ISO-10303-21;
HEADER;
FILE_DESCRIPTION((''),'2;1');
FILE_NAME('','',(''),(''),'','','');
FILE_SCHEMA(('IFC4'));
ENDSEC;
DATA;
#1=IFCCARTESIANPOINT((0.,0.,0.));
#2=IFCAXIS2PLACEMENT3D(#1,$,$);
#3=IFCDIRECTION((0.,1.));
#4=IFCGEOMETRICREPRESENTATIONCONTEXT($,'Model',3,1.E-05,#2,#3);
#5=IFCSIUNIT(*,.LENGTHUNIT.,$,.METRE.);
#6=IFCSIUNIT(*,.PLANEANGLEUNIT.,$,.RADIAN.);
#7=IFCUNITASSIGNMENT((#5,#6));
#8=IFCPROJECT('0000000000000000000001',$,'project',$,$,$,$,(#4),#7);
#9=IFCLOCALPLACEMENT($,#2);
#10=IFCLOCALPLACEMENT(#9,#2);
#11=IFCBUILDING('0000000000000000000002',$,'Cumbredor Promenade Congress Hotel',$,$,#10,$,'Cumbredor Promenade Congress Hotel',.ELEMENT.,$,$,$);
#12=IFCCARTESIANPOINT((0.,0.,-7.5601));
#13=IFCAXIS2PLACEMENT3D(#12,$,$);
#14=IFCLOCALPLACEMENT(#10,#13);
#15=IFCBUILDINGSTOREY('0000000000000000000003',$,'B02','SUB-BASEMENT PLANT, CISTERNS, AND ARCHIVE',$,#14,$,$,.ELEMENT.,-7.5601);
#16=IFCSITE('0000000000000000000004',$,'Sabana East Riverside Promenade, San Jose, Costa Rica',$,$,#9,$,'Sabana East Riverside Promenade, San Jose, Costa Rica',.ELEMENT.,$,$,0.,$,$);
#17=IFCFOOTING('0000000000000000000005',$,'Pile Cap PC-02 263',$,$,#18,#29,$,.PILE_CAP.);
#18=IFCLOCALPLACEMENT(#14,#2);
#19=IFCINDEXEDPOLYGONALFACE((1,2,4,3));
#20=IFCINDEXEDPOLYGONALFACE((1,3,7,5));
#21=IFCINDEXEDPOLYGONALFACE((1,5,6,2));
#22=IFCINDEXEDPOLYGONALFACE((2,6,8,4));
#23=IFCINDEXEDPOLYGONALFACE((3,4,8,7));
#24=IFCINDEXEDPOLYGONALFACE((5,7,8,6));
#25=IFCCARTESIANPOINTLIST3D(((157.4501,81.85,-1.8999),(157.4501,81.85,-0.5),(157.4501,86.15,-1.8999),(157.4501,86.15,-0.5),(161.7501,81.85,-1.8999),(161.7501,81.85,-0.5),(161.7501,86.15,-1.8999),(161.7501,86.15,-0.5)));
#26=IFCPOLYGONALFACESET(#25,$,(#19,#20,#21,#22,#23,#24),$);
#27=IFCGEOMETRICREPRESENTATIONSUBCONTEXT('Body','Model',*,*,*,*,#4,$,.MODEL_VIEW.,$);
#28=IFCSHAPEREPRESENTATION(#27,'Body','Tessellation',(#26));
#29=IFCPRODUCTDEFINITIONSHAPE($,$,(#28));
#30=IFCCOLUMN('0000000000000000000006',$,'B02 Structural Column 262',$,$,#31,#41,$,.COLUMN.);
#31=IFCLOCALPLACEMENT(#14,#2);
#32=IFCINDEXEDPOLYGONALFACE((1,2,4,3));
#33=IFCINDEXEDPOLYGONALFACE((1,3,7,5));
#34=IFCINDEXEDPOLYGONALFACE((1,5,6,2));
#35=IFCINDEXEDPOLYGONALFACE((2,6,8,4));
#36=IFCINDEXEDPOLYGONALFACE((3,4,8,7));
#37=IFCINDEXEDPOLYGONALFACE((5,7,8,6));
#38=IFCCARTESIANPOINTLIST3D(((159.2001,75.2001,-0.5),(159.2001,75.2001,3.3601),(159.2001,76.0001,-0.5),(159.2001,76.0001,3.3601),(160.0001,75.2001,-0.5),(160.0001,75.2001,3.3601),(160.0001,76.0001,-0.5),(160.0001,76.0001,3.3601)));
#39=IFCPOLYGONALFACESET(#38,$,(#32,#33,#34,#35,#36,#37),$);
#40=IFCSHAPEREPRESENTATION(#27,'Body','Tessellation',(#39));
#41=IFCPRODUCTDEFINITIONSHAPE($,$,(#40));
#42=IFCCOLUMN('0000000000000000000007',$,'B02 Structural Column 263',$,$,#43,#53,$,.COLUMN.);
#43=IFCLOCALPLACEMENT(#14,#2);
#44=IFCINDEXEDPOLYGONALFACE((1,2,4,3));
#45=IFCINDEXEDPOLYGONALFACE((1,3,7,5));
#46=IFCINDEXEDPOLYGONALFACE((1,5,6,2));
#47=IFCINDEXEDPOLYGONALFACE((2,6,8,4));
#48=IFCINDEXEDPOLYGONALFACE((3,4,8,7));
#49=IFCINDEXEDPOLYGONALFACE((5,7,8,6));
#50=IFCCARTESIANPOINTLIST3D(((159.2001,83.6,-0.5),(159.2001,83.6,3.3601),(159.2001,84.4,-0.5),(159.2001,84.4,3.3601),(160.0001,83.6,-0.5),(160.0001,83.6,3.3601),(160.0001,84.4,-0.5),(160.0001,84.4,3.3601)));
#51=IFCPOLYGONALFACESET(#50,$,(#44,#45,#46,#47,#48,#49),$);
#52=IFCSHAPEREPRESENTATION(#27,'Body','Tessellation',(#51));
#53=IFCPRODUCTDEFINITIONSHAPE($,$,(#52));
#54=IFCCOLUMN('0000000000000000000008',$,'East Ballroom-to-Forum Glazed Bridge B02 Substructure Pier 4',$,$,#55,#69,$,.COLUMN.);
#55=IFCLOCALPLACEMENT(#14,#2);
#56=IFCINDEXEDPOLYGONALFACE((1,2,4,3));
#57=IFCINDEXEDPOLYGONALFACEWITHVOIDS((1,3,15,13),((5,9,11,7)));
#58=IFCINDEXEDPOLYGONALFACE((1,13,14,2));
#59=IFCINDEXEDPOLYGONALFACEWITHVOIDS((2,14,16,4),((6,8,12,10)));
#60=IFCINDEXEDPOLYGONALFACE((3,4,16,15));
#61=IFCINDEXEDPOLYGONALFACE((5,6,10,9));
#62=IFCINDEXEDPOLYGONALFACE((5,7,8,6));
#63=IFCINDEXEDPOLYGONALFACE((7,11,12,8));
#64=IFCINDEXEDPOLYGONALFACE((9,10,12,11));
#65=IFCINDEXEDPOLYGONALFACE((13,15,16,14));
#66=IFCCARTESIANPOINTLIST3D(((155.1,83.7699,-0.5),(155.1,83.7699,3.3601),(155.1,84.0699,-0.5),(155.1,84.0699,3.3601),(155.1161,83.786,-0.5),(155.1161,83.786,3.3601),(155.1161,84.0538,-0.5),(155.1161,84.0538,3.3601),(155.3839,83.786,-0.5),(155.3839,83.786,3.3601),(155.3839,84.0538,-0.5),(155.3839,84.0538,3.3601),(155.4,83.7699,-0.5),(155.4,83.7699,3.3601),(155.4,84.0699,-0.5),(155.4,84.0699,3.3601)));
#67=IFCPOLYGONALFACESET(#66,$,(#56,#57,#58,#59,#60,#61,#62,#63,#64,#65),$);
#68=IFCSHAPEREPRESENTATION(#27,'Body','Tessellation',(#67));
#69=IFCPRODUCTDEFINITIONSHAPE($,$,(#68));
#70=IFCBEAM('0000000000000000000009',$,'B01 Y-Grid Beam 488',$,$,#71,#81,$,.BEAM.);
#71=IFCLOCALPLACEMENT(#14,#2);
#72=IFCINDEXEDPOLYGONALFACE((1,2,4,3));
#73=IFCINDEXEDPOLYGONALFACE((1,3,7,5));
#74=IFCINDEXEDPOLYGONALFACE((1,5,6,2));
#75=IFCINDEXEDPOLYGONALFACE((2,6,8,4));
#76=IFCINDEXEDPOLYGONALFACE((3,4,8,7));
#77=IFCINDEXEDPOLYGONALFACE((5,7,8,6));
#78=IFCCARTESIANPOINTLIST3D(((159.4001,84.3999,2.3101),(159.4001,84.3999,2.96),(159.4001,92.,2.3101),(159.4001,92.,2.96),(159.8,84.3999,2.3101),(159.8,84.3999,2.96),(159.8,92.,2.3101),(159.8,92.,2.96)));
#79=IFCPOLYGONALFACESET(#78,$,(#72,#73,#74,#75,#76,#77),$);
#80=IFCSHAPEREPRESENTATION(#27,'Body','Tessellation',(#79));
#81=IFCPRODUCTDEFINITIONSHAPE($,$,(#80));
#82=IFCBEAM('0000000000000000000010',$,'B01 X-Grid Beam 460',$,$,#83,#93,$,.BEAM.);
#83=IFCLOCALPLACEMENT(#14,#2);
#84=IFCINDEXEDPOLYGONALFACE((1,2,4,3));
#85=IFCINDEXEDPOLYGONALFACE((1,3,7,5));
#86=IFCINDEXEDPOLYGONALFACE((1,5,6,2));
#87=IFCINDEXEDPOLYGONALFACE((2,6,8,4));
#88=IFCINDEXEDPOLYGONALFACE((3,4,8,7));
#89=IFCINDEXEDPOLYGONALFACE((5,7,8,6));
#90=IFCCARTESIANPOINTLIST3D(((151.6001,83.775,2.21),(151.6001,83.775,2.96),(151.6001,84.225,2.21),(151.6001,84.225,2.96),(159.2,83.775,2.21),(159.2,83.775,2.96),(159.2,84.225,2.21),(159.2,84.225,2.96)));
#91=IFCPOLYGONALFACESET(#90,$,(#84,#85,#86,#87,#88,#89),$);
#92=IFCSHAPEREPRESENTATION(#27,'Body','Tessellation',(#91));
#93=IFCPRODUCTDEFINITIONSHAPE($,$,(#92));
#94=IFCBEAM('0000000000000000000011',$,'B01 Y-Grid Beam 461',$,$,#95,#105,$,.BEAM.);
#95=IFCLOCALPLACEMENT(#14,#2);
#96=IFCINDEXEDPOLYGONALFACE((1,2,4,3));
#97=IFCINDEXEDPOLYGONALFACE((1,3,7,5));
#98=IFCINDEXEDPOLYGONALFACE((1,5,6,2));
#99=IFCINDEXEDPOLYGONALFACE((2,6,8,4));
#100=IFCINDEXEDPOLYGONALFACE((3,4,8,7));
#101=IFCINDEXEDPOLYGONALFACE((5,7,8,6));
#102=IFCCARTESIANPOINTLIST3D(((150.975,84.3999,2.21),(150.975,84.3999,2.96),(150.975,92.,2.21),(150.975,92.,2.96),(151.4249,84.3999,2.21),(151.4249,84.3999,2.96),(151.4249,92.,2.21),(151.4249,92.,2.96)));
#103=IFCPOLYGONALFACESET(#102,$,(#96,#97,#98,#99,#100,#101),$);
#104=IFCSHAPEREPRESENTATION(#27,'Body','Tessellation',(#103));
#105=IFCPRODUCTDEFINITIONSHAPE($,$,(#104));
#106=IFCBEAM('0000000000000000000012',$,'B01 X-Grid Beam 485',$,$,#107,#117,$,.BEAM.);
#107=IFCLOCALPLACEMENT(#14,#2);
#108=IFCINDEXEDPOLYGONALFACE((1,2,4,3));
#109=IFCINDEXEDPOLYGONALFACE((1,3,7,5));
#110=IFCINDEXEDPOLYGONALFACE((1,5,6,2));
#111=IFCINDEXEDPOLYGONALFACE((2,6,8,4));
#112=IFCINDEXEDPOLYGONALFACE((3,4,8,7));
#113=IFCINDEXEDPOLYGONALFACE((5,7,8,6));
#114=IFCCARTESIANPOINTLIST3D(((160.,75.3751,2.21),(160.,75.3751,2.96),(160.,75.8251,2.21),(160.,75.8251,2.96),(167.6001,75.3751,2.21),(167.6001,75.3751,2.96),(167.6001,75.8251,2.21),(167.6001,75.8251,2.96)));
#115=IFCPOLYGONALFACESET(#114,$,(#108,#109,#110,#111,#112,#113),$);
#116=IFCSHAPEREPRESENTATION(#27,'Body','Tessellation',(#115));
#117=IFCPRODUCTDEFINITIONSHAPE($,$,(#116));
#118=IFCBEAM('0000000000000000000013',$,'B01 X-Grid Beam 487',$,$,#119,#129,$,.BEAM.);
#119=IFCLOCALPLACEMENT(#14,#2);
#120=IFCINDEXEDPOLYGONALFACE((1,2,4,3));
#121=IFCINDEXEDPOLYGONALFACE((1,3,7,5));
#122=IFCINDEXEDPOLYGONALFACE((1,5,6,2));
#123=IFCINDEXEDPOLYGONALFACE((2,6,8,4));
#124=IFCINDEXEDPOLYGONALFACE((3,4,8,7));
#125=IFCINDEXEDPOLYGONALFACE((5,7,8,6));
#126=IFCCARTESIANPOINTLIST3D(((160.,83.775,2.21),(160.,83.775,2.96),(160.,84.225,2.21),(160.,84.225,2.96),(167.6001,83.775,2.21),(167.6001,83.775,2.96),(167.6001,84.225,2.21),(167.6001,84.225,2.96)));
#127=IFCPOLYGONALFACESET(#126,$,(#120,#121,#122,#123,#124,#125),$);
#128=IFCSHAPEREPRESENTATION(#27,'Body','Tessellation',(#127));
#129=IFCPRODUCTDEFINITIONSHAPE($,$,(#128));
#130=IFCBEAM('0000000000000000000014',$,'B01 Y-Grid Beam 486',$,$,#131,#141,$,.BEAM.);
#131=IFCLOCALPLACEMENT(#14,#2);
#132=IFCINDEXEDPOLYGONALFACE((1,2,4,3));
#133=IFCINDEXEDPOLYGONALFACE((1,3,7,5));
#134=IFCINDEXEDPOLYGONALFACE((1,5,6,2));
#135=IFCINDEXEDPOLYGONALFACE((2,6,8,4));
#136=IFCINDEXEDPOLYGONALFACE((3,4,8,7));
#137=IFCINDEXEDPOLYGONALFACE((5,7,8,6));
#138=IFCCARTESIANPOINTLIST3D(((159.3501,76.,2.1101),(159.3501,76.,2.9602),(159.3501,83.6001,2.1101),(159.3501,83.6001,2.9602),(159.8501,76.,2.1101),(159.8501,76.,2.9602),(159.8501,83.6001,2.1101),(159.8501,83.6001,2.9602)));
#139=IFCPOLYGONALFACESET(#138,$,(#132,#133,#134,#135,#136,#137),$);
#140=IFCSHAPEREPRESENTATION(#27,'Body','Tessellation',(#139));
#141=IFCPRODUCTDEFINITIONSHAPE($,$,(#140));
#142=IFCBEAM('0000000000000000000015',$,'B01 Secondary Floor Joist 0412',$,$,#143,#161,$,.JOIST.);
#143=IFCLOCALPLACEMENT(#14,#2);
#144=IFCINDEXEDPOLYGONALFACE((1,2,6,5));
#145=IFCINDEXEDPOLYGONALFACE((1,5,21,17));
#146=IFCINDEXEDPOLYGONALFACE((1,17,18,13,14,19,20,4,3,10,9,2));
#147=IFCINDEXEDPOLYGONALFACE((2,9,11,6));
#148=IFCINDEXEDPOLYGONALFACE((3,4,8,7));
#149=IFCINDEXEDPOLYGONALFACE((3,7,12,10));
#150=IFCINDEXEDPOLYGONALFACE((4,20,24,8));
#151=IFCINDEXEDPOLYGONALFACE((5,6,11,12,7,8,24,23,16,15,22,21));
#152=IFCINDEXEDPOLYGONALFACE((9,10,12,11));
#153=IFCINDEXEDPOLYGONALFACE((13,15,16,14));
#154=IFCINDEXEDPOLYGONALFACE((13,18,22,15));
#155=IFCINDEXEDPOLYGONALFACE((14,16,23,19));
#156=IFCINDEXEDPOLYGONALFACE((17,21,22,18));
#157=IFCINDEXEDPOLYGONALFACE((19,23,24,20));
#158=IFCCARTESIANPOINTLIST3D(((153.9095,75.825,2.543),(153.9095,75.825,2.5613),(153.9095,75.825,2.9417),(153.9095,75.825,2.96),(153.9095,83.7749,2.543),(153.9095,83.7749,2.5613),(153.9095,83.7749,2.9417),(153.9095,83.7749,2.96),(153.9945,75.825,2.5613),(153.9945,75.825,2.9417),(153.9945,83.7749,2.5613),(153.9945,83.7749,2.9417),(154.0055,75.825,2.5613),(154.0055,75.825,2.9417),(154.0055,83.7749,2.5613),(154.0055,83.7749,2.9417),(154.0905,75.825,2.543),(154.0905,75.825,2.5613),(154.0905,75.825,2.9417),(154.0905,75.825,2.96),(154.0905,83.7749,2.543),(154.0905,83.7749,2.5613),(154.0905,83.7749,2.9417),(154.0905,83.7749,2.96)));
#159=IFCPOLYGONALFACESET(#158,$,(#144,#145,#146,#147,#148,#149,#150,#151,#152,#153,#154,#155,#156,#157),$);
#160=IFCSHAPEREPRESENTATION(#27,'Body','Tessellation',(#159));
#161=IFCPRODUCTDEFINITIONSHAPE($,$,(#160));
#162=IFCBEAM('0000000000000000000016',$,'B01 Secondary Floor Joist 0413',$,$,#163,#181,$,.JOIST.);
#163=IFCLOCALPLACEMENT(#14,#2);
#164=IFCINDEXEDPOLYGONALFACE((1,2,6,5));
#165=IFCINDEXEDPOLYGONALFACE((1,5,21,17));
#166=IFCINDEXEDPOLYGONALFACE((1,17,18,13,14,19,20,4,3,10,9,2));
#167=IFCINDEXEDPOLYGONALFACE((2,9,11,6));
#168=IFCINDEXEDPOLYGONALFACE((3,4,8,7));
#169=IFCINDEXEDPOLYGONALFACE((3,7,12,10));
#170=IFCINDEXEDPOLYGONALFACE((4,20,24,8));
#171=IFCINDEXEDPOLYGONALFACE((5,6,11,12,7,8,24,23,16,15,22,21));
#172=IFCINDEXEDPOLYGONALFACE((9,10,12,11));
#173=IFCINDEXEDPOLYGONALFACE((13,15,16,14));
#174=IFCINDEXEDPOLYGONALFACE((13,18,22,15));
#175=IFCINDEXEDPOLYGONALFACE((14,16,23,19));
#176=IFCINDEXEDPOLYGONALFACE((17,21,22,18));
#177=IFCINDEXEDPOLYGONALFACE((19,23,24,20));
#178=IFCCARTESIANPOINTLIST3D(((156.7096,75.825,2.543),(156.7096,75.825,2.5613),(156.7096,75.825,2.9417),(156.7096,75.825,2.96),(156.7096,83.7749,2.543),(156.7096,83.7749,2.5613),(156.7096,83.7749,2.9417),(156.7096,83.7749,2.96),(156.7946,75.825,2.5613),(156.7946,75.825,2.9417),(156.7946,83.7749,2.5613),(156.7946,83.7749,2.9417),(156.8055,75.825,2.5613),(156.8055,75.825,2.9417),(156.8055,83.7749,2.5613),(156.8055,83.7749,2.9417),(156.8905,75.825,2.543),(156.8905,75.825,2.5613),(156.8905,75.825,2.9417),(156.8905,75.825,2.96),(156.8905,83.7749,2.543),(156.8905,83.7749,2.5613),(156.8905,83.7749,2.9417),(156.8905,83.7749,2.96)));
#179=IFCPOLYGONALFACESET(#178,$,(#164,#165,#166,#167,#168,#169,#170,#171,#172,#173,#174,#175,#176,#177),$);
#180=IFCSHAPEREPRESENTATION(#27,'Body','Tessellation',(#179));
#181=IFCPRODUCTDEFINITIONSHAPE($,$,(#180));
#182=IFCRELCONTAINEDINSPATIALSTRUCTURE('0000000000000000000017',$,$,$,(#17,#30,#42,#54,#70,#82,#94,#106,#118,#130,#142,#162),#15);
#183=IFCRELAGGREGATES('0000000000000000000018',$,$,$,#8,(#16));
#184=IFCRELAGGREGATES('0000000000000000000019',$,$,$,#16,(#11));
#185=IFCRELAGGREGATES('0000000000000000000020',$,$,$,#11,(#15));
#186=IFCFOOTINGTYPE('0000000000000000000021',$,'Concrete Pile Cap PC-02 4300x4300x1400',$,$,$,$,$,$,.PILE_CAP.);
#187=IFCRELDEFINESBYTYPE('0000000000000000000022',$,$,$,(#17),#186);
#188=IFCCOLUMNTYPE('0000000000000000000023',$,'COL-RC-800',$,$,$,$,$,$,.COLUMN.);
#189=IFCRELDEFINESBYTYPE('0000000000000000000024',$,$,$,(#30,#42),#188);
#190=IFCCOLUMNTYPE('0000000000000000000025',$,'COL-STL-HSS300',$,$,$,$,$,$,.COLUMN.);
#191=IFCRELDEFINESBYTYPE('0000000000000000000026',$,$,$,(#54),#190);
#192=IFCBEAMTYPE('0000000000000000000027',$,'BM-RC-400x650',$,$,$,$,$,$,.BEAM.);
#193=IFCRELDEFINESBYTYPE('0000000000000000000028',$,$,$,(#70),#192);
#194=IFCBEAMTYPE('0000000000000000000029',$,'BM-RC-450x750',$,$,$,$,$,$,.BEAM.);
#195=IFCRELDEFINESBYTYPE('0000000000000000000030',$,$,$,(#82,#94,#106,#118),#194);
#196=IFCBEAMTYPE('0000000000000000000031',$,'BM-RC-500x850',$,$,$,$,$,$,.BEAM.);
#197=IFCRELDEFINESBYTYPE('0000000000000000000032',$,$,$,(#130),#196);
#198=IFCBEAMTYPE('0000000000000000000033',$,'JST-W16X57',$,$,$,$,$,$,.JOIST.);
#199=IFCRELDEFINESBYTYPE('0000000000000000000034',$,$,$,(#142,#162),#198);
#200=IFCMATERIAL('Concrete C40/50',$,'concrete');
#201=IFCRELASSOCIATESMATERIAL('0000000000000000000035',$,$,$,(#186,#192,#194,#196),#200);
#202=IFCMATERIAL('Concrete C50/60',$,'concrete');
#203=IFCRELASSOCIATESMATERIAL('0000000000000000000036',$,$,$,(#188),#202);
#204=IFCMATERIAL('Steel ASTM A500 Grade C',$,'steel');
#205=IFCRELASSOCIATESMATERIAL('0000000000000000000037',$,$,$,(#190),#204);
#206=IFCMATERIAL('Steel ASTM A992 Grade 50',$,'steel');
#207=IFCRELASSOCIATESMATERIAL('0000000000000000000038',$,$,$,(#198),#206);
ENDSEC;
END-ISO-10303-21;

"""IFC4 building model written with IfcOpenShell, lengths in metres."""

from ifc_helpers import new_model, si_unit, direction, frame, origin, origin_2d, place, context, subcontext, project, spatial, rectangle, hollow_rectangle, i_section, extrude, material, material_profile, profile_set, type_object, element, save


model = new_model("IFC4")

# Units and contexts
model_context = context("Model", 3, precision=1e-05, world=origin(), true_north=direction((0.0, 1.0)))
body_context = subcontext(model_context, "Body", "Model", "MODEL_VIEW")
ifc_project = project(units=[si_unit("LENGTHUNIT", "METRE"), si_unit("PLANEANGLEUNIT", "RADIAN")], contexts=[model_context])

# Site, building, storey
site_placement = place(None, origin())
site = spatial("IfcSite", under=ifc_project, at=site_placement, Name="Sabana East Riverside Promenade, San Jose, Costa Rica", LongName="Sabana East Riverside Promenade, San Jose, Costa Rica", CompositionType="ELEMENT", RefElevation=0.0)
building_placement = place(site_placement, origin())
building = spatial("IfcBuilding", under=site, at=building_placement, Name="Cumbredor Promenade Congress Hotel", LongName="Cumbredor Promenade Congress Hotel", CompositionType="ELEMENT")
storey_placement = place(building_placement, frame((0.0, 0.0, -7.5601)))
storey = spatial("IfcBuildingStorey", under=building, at=storey_placement, Name="B02", Description="SUB-BASEMENT PLANT, CISTERNS, AND ARCHIVE", CompositionType="ELEMENT", Elevation=-7.5601)

# Shared definitions
ifc_material_1 = material(Name="Concrete C40/50", Category="concrete")

# Footing
footing_type_1 = type_object("IfcFootingType", Name="Concrete Pile Cap PC-02 4300x4300x1400", PredefinedType="PILE_CAP", material=ifc_material_1)
for number, where, z_axis, x_axis, name in (
    (1, (159.6001, 84.0, -1.8999), (0.0, 0.0, 1.0), (1.0, 0.0, 0.0), "Pile Cap PC-02 263"),
):
    element("IfcFooting", number, at=place(storey_placement, frame(where, z_axis=z_axis, x_axis=x_axis)), inside=storey, type_object=footing_type_1, Name=name, PredefinedType="PILE_CAP", context=body_context, shape_type="SweptSolid", body=[
        extrude(rectangle(XDim=4.3, YDim=4.3, at=origin_2d()), origin(), (0.0, 0.0, 1.0), 1.3999),
    ])

# Columns
ifc_material_2 = material(Name="Concrete C50/60", Category="concrete")
ifc_material_profile_1 = material_profile(ifc_material_2, rectangle(XDim=0.8, YDim=0.8, at=origin_2d()), Name="RC 800x800")
ifc_profile_set_1 = profile_set([ifc_material_profile_1], Name="Concrete C50/60")
column_type_1 = type_object("IfcColumnType", Name="COL-RC-800", PredefinedType="COLUMN", material=ifc_profile_set_1)
for number, where, z_axis, x_axis, name in (
    (2, (159.6001, 75.6001, -0.5), (0.0, 0.0, 1.0), (1.0, 0.0, 0.0), "B02 Structural Column 262"),
    (3, (159.6001, 84.0, -0.5), (0.0, 0.0, 1.0), (1.0, 0.0, 0.0), "B02 Structural Column 263"),
):
    element("IfcColumn", number, at=place(storey_placement, frame(where, z_axis=z_axis, x_axis=x_axis)), inside=storey, type_object=column_type_1, Name=name, PredefinedType="COLUMN", context=body_context, shape_type="SweptSolid", body=[
        extrude(rectangle(XDim=0.8, YDim=0.8, at=origin_2d()), origin(), (0.0, 0.0, 1.0), 3.8601),
    ])
ifc_material_3 = material(Name="Steel ASTM A500 Grade C", Category="steel")
ifc_material_profile_2 = material_profile(ifc_material_3, hollow_rectangle(XDim=0.3, YDim=0.3, WallThickness=0.0161, at=origin_2d()), Name="HSS 300x300x16")
ifc_profile_set_2 = profile_set([ifc_material_profile_2], Name="Steel ASTM A500 Grade C")
column_type_2 = type_object("IfcColumnType", Name="COL-STL-HSS300", PredefinedType="COLUMN", material=ifc_profile_set_2)
column_placement = place(storey_placement, frame((155.25, 83.9199, -0.5), z_axis=(0.0, 0.0, 1.0), x_axis=(1.0, 0.0, 0.0)))
element("IfcColumn", 4, at=column_placement, inside=storey, type_object=column_type_2, Name="East Ballroom-to-Forum Glazed Bridge B02 Substructure Pier 4", PredefinedType="COLUMN", context=body_context, shape_type="SweptSolid", body=[
    extrude(hollow_rectangle(XDim=0.3, YDim=0.3, WallThickness=0.0161, at=origin_2d()), origin(), (0.0, 0.0, 1.0), 3.8601),
])

# Beams
ifc_material_profile_3 = material_profile(ifc_material_1, rectangle(XDim=0.3999, YDim=0.6499, at=origin_2d()), Name="RC BEAM 400x650")
ifc_profile_set_3 = profile_set([ifc_material_profile_3], Name="Concrete C40/50")
beam_type_1 = type_object("IfcBeamType", Name="BM-RC-400x650", PredefinedType="BEAM", material=ifc_profile_set_3)
beam_1_placement = place(storey_placement, frame((159.6001, 84.3999, 2.635), z_axis=(0.0, 1.0, 0.0), x_axis=(-1.0, 0.0, 0.0)))
element("IfcBeam", 5, at=beam_1_placement, inside=storey, type_object=beam_type_1, Name="B01 Y-Grid Beam 488", PredefinedType="BEAM", context=body_context, shape_type="SweptSolid", body=[
    extrude(rectangle(XDim=0.3999, YDim=0.6499, at=origin_2d()), origin(), (0.0, 0.0, 1.0), 7.6001),
])
ifc_material_profile_4 = material_profile(ifc_material_1, rectangle(XDim=0.45, YDim=0.75, at=origin_2d()), Name="RC BEAM 450x750")
ifc_profile_set_4 = profile_set([ifc_material_profile_4], Name="Concrete C40/50")
beam_type_2 = type_object("IfcBeamType", Name="BM-RC-450x750", PredefinedType="BEAM", material=ifc_profile_set_4)
beam_2_placement = place(storey_placement, frame((151.6001, 84.0, 2.585), z_axis=(1.0, 0.0, 0.0), x_axis=(0.0, 1.0, 0.0)))
element("IfcBeam", 6, at=beam_2_placement, inside=storey, type_object=beam_type_2, Name="B01 X-Grid Beam 460", PredefinedType="BEAM", context=body_context, shape_type="SweptSolid", body=[
    extrude(rectangle(XDim=0.45, YDim=0.75, at=origin_2d()), origin(), (0.0, 0.0, 1.0), 7.5999),
])
for number, where, z_axis, x_axis, name in (
    (7, (151.2, 84.3999, 2.585), (0.0, 1.0, 0.0), (-1.0, 0.0, 0.0), "B01 Y-Grid Beam 461"),
    (8, (160.0, 75.6001, 2.585), (1.0, 0.0, 0.0), (0.0, 1.0, 0.0), "B01 X-Grid Beam 485"),
    (9, (160.0, 84.0, 2.585), (1.0, 0.0, 0.0), (0.0, 1.0, 0.0), "B01 X-Grid Beam 487"),
):
    element("IfcBeam", number, at=place(storey_placement, frame(where, z_axis=z_axis, x_axis=x_axis)), inside=storey, type_object=beam_type_2, Name=name, PredefinedType="BEAM", context=body_context, shape_type="SweptSolid", body=[
        extrude(rectangle(XDim=0.45, YDim=0.75, at=origin_2d()), origin(), (0.0, 0.0, 1.0), 7.6001),
    ])
ifc_material_profile_5 = material_profile(ifc_material_1, rectangle(XDim=0.5, YDim=0.8501, at=origin_2d()), Name="RC BEAM 500x850")
ifc_profile_set_5 = profile_set([ifc_material_profile_5], Name="Concrete C40/50")
beam_type_3 = type_object("IfcBeamType", Name="BM-RC-500x850", PredefinedType="BEAM", material=ifc_profile_set_5)
beam_3_placement = place(storey_placement, frame((159.6001, 76.0, 2.5352), z_axis=(0.0, 1.0, 0.0), x_axis=(-1.0, 0.0, 0.0)))
element("IfcBeam", 10, at=beam_3_placement, inside=storey, type_object=beam_type_3, Name="B01 Y-Grid Beam 486", PredefinedType="BEAM", context=body_context, shape_type="SweptSolid", body=[
    extrude(rectangle(XDim=0.5, YDim=0.8501, at=origin_2d()), origin(), (0.0, 0.0, 1.0), 7.6001),
])
ifc_material_4 = material(Name="Steel ASTM A992 Grade 50", Category="steel")
ifc_material_profile_6 = material_profile(ifc_material_4, i_section(OverallWidth=0.1809, OverallDepth=0.417, WebThickness=0.011, FlangeThickness=0.0183, at=origin_2d()), Name="W16X57")
ifc_profile_set_6 = profile_set([ifc_material_profile_6], Name="Steel ASTM A992 Grade 50")
beam_type_4 = type_object("IfcBeamType", Name="JST-W16X57", PredefinedType="JOIST", material=ifc_profile_set_6)
for number, where, z_axis, x_axis, name in (
    (11, (154.0, 75.825, 2.7515), (0.0, 1.0, 0.0), (-1.0, 0.0, 0.0), "B01 Secondary Floor Joist 0412"),
    (12, (156.8, 75.825, 2.7515), (0.0, 1.0, 0.0), (-1.0, 0.0, 0.0), "B01 Secondary Floor Joist 0413"),
):
    element("IfcBeam", number, at=place(storey_placement, frame(where, z_axis=z_axis, x_axis=x_axis)), inside=storey, type_object=beam_type_4, Name=name, PredefinedType="JOIST", context=body_context, shape_type="SweptSolid", body=[
        extrude(i_section(OverallWidth=0.1809, OverallDepth=0.417, WebThickness=0.011, FlangeThickness=0.0183, at=origin_2d()), origin(), (0.0, 0.0, 1.0), 7.95),
    ])

save(model, "model.ifc")
